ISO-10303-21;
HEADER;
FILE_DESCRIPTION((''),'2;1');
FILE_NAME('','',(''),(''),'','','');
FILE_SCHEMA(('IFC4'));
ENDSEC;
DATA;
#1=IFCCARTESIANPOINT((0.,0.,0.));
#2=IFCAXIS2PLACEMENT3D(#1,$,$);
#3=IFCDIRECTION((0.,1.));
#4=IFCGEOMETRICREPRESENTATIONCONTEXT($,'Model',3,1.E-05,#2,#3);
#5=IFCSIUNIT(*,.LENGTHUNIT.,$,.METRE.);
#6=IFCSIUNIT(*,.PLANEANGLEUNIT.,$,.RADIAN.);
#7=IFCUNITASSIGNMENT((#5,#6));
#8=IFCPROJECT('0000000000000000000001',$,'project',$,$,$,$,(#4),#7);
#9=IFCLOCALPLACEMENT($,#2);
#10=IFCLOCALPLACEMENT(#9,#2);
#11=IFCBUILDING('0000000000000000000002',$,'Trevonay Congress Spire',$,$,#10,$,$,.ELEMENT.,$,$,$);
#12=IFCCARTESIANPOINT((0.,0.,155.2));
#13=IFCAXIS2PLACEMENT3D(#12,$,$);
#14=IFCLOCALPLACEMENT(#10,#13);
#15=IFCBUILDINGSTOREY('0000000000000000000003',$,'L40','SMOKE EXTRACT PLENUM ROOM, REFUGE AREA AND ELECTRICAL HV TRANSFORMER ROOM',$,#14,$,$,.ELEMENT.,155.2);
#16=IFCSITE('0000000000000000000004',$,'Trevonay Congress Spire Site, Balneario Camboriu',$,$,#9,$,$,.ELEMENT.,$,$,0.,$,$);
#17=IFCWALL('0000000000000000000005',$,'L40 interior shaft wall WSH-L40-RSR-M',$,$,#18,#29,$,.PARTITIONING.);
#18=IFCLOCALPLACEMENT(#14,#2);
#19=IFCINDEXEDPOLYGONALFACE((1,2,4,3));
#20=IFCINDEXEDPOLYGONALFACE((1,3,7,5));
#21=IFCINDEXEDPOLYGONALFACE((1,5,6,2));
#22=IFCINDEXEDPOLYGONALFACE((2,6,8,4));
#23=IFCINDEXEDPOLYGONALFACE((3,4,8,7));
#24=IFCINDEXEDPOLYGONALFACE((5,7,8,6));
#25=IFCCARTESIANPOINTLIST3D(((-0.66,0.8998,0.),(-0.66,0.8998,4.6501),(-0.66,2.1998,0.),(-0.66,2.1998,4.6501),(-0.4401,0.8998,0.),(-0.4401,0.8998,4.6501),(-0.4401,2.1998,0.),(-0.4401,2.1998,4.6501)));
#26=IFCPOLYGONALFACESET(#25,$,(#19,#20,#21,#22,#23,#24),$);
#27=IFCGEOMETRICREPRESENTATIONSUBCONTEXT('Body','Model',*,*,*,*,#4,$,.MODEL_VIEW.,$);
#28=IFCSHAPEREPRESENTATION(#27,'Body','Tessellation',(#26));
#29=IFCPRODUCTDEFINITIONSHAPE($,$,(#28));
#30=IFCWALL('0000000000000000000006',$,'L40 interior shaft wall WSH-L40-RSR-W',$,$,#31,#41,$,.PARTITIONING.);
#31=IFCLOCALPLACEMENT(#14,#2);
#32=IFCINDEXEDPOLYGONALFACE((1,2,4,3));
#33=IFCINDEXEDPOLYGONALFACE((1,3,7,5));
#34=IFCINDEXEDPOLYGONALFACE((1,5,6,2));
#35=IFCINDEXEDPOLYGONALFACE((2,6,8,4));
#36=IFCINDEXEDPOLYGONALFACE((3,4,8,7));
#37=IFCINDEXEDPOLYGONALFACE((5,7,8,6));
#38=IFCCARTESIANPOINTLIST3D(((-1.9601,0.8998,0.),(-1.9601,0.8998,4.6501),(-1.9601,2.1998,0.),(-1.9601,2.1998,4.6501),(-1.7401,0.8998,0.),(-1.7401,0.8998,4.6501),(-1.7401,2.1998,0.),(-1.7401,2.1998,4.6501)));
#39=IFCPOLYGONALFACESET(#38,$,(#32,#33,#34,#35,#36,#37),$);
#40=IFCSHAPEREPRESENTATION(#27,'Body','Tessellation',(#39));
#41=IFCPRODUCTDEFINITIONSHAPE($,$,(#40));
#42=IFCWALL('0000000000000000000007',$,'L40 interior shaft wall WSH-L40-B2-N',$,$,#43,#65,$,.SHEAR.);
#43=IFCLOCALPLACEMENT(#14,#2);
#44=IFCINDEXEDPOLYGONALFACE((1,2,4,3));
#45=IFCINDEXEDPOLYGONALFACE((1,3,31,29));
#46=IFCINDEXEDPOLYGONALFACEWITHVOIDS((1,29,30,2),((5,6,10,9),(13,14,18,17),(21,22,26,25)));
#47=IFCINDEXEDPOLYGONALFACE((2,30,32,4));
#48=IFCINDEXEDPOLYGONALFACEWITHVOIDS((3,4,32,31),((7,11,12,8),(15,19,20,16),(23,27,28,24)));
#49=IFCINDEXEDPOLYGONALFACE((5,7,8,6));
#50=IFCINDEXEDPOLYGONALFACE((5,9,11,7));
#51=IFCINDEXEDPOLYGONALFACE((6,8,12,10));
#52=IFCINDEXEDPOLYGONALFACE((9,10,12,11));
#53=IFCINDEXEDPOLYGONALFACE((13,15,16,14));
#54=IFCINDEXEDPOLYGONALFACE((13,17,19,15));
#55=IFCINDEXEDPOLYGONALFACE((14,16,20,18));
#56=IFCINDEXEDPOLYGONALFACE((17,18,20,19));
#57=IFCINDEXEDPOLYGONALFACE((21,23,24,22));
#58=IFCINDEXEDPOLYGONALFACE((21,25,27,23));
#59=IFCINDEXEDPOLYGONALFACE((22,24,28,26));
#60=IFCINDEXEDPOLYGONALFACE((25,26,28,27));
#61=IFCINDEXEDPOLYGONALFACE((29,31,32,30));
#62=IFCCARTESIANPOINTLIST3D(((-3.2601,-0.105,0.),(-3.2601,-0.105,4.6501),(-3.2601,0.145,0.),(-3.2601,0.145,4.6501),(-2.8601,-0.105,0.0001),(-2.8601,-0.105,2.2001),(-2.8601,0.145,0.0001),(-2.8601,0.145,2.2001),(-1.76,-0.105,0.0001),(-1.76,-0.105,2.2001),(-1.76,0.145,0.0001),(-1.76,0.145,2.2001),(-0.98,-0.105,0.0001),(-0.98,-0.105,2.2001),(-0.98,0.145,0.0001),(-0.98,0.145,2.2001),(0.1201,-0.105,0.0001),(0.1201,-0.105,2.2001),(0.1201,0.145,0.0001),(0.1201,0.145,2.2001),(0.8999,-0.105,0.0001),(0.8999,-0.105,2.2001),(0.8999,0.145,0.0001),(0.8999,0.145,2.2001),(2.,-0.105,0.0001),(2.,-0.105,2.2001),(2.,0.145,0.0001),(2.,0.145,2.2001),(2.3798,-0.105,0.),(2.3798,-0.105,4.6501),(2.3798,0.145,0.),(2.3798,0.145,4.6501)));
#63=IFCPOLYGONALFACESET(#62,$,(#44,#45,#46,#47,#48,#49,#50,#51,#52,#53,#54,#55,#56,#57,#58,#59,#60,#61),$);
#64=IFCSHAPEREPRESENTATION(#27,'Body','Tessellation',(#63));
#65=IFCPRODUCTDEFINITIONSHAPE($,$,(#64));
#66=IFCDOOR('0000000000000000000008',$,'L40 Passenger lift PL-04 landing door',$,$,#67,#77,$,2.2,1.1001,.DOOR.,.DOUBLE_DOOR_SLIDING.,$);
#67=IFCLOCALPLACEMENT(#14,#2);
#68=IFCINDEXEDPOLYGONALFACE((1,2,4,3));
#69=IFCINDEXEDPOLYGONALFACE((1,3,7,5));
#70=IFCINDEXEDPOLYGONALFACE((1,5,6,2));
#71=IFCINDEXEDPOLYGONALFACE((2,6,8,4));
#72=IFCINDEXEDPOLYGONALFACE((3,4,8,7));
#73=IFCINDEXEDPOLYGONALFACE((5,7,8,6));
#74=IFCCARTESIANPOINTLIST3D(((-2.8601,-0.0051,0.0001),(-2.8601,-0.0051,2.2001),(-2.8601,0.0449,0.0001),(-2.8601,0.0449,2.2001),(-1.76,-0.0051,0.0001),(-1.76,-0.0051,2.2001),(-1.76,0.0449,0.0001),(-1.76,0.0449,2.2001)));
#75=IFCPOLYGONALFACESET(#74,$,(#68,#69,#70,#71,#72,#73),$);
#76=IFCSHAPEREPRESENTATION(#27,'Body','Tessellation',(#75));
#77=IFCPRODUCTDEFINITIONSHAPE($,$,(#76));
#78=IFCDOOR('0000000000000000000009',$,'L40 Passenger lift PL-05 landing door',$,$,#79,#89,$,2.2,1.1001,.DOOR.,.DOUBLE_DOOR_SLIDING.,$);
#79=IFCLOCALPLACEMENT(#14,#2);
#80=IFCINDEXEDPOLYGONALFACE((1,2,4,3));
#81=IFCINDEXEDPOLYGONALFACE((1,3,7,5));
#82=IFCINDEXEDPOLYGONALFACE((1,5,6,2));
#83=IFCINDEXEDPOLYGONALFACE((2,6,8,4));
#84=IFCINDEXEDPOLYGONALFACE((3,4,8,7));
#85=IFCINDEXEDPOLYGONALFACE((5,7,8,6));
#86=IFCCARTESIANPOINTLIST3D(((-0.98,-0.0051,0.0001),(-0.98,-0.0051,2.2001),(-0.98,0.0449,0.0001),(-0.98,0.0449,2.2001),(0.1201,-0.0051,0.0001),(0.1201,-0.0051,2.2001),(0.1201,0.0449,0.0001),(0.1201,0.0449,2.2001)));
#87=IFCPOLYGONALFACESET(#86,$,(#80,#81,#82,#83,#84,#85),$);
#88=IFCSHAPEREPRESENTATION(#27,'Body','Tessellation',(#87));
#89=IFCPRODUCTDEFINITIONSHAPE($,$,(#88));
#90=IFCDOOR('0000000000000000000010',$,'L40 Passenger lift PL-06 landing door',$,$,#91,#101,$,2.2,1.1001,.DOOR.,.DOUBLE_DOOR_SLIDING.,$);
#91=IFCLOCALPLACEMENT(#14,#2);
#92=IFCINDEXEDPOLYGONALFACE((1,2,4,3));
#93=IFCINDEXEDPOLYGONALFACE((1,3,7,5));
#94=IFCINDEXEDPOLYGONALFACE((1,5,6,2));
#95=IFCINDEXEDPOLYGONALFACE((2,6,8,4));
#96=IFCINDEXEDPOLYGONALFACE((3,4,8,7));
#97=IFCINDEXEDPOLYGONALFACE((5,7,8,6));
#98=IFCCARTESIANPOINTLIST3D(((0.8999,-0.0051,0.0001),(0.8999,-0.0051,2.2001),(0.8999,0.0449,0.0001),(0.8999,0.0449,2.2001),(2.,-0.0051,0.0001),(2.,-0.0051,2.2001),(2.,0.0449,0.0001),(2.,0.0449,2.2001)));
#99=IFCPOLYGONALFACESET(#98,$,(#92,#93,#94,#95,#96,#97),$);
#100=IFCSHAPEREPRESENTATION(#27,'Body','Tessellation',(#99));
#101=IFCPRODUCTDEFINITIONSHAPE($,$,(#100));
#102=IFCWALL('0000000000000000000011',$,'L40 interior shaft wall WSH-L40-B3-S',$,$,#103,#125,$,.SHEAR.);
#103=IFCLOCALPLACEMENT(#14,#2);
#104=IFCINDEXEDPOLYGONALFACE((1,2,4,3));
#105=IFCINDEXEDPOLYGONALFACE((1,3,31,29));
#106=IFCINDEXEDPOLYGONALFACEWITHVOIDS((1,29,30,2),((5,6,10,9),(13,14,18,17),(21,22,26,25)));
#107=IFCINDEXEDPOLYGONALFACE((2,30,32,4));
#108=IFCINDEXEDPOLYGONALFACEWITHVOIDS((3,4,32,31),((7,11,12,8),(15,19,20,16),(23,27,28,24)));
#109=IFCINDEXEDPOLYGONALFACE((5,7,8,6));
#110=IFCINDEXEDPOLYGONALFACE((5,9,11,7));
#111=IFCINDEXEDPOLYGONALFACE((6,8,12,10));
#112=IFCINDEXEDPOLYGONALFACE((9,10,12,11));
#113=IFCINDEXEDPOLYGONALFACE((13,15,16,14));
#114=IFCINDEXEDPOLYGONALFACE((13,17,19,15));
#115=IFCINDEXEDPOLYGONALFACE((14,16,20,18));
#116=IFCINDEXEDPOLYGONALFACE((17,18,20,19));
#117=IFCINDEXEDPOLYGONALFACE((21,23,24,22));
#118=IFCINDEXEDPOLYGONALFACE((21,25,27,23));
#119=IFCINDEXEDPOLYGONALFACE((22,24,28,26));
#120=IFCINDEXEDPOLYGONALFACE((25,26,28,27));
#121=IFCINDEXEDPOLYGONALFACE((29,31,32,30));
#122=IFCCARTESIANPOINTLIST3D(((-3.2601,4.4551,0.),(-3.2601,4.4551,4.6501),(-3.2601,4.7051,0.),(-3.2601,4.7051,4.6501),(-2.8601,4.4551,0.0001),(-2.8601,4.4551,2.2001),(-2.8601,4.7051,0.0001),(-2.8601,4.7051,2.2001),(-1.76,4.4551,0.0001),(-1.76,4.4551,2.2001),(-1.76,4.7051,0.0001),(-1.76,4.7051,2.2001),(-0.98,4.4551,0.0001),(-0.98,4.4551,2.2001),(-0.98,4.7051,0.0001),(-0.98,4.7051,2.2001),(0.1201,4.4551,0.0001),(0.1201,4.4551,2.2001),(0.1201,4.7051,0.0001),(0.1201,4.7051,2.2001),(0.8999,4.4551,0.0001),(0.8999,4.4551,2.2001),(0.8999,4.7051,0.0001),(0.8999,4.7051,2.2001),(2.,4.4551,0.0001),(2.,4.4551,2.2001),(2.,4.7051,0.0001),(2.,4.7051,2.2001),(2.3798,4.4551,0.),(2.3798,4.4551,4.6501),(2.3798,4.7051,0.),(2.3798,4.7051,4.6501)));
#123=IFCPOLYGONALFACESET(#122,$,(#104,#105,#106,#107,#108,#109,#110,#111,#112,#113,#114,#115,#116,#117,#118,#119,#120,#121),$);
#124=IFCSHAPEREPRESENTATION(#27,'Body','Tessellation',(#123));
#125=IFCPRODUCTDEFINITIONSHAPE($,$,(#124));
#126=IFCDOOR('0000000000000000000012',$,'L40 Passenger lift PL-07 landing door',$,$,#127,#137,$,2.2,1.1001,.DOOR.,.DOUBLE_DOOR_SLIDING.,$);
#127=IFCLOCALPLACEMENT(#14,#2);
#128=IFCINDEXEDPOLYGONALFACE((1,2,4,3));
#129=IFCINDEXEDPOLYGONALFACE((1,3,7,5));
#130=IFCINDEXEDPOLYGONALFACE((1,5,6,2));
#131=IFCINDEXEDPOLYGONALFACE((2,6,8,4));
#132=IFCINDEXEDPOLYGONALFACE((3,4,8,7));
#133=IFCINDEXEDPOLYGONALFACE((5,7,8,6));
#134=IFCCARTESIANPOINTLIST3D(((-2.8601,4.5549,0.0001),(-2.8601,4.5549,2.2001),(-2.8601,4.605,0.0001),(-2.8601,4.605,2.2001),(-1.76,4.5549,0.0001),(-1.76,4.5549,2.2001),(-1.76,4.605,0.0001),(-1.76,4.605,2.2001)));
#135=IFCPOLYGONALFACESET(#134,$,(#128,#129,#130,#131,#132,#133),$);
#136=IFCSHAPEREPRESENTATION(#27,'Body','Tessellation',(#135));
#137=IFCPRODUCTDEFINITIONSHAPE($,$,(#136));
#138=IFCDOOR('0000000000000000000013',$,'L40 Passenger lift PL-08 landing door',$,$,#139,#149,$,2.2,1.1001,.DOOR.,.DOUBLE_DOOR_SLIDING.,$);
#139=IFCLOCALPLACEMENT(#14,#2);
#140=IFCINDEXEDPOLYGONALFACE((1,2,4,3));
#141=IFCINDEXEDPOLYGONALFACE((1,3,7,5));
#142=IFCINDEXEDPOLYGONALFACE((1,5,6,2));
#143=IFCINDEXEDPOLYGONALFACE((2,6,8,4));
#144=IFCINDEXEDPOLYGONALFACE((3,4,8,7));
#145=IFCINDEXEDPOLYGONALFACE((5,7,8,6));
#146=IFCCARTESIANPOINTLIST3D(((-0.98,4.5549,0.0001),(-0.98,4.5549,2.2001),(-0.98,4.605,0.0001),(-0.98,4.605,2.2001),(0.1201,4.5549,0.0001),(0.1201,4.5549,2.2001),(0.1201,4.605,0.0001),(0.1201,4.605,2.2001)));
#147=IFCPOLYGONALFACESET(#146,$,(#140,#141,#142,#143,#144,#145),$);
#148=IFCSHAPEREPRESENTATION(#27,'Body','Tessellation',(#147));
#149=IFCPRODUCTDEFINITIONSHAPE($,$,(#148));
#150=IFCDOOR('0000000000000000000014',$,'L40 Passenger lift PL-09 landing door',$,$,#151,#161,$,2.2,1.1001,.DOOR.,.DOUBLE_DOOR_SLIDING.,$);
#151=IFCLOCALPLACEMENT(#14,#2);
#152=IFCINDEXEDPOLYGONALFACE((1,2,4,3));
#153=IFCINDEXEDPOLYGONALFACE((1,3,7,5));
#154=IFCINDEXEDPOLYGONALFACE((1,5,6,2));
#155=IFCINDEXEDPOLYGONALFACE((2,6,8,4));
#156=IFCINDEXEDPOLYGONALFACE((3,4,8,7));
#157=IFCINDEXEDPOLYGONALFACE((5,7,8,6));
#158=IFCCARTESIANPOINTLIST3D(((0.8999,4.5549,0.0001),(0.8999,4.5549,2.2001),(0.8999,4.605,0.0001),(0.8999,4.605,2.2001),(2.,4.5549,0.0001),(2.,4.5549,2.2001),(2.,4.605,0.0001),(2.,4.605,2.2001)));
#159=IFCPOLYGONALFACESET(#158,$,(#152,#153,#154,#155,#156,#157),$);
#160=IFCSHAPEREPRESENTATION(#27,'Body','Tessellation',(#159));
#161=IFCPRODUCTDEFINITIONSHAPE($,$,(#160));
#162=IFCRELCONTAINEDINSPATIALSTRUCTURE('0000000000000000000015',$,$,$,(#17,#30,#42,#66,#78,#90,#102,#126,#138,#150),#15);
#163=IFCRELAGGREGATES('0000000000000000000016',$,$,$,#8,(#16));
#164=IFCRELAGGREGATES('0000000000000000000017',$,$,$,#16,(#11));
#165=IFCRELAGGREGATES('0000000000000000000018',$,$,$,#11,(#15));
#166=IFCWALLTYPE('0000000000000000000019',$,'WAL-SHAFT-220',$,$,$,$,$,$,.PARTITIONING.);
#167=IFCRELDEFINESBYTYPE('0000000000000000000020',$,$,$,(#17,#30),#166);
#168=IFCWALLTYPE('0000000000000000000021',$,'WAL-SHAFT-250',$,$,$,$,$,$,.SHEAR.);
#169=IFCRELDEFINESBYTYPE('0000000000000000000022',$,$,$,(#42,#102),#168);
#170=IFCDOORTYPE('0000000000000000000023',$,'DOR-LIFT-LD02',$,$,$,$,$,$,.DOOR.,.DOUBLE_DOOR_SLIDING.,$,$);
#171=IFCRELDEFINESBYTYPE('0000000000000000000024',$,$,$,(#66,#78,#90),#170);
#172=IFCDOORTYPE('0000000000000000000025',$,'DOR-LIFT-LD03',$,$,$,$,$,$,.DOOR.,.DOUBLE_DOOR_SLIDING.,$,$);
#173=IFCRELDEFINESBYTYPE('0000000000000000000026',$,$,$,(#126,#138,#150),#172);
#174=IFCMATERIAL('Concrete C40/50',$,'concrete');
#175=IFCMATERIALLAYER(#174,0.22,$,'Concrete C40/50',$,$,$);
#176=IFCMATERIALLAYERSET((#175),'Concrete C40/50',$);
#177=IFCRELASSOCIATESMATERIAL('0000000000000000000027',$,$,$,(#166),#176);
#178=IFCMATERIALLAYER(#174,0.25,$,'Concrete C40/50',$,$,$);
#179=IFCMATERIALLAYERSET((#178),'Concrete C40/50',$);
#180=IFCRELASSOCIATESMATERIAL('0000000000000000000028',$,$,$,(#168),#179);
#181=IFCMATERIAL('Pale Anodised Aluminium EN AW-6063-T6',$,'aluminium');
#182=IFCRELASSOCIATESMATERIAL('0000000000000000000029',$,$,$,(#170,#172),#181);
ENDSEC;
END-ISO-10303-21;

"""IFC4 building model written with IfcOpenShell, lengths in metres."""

from ifc_helpers import new_model, si_unit, direction, frame, frame_2d, origin, place, context, subcontext, project, spatial, rectangle, extrude, material, layer, layer_set, type_object, element, fill, save


model = new_model("IFC4")

# Units and contexts
model_context = context("Model", 3, precision=1e-05, world=origin(), true_north=direction((0.0, 1.0)))
body_context = subcontext(model_context, "Body", "Model", "MODEL_VIEW")
ifc_project = project(units=[si_unit("LENGTHUNIT", "METRE"), si_unit("PLANEANGLEUNIT", "RADIAN")], contexts=[model_context])

# Site, building, storey
site_placement = place(None, origin())
site = spatial("IfcSite", under=ifc_project, at=site_placement, Name="Trevonay Congress Spire Site, Balneario Camboriu", CompositionType="ELEMENT", RefElevation=0.0)
building_placement = place(site_placement, origin())
building = spatial("IfcBuilding", under=site, at=building_placement, Name="Trevonay Congress Spire", CompositionType="ELEMENT")
storey_placement = place(building_placement, frame((0.0, 0.0, 155.2)))
storey = spatial("IfcBuildingStorey", under=building, at=storey_placement, Name="L40", Description="SMOKE EXTRACT PLENUM ROOM, REFUGE AREA AND ELECTRICAL HV TRANSFORMER ROOM", CompositionType="ELEMENT", Elevation=155.2)

# Shared definitions
ifc_material_1 = material(Name="Concrete C40/50", Category="concrete")

# Walls
ifc_layer_1 = layer(ifc_material_1, 0.22, Name="Concrete C40/50")
ifc_layer_set_1 = layer_set([ifc_layer_1], Name="Concrete C40/50")
wall_type_1 = type_object("IfcWallType", Name="WAL-SHAFT-220", PredefinedType="PARTITIONING", material=ifc_layer_set_1)
for number, where, z_axis, x_axis, name in (
    (1, (-0.55, 0.8999, 0.0), (0.0, 0.0, 1.0), (0.0, 1.0, 0.0), "L40 interior shaft wall WSH-L40-RSR-M"),
    (2, (-1.8501, 0.8999, 0.0), (0.0, 0.0, 1.0), (0.0, 1.0, 0.0), "L40 interior shaft wall WSH-L40-RSR-W"),
):
    element("IfcWall", number, at=place(storey_placement, frame(where, z_axis=z_axis, x_axis=x_axis)), inside=storey, type_object=wall_type_1, Name=name, PredefinedType="PARTITIONING", context=body_context, shape_type="SweptSolid", body=[
        extrude(rectangle(XDim=1.3, YDim=0.22, at=frame_2d((0.6499, 0.0))), origin(), (0.0, 0.0, 1.0), 4.6501),
    ])

# Walls, openings, doors
ifc_layer_2 = layer(ifc_material_1, 0.25, Name="Concrete C40/50")
ifc_layer_set_2 = layer_set([ifc_layer_2], Name="Concrete C40/50")
wall_type_2 = type_object("IfcWallType", Name="WAL-SHAFT-250", PredefinedType="SHEAR", material=ifc_layer_set_2)
wall_1_placement = place(storey_placement, frame((-3.26, 0.02, 0.0), z_axis=(0.0, 0.0, 1.0), x_axis=(1.0, 0.0, 0.0)))
wall_1 = element("IfcWall", 3, at=wall_1_placement, inside=storey, type_object=wall_type_2, Name="L40 interior shaft wall WSH-L40-B2-N", PredefinedType="SHEAR", context=body_context, shape_type="SweptSolid", body=[
    extrude(rectangle(XDim=5.6399, YDim=0.25, at=frame_2d((2.8198, 0.0))), origin(), (0.0, 0.0, 1.0), 4.6501),
])
opening_1_placement = place(wall_1_placement, frame((0.3999, 0.0, 0.0)))
opening_1 = element("IfcOpeningElement", 4, at=opening_1_placement, cuts=wall_1, PredefinedType="OPENING", context=body_context, shape_type="SweptSolid", body=[
    extrude(rectangle(XDim=1.1001, YDim=2.2, at=frame_2d((0.55, 1.1001))), frame((0.0, 0.135, 0.0), z_axis=(0.0, -1.0, 0.0), x_axis=(1.0, 0.0, 0.0)), (0.0, 0.0, 1.0), 0.27),
])
opening_2_placement = place(wall_1_placement, frame((2.28, 0.0, 0.0)))
opening_2 = element("IfcOpeningElement", 5, at=opening_2_placement, cuts=wall_1, PredefinedType="OPENING", context=body_context, shape_type="SweptSolid", body=[
    extrude(rectangle(XDim=1.1001, YDim=2.2, at=frame_2d((0.55, 1.1001))), frame((0.0, 0.135, 0.0), z_axis=(0.0, -1.0, 0.0), x_axis=(1.0, 0.0, 0.0)), (0.0, 0.0, 1.0), 0.27),
])
opening_3_placement = place(wall_1_placement, frame((4.1599, 0.0, 0.0)))
opening_3 = element("IfcOpeningElement", 6, at=opening_3_placement, cuts=wall_1, PredefinedType="OPENING", context=body_context, shape_type="SweptSolid", body=[
    extrude(rectangle(XDim=1.1001, YDim=2.2, at=frame_2d((0.55, 1.1001))), frame((0.0, 0.135, 0.0), z_axis=(0.0, -1.0, 0.0), x_axis=(1.0, 0.0, 0.0)), (0.0, 0.0, 1.0), 0.27),
])
ifc_material_2 = material(Name="Pale Anodised Aluminium EN AW-6063-T6", Category="aluminium")
door_type_1 = type_object("IfcDoorType", Name="DOR-LIFT-LD02", OperationType="DOUBLE_DOOR_SLIDING", PredefinedType="DOOR", material=ifc_material_2)
door_1_placement = place(opening_1_placement, origin())
door_1 = element("IfcDoor", 7, at=door_1_placement, inside=storey, type_object=door_type_1, Name="L40 Passenger lift PL-04 landing door", OperationType="DOUBLE_DOOR_SLIDING", OverallHeight=2.2, OverallWidth=1.1001, PredefinedType="DOOR", context=body_context, shape_type="SweptSolid", body=[
    extrude(rectangle(XDim=1.1001, YDim=2.2, at=frame_2d((0.55, 1.1001))), frame((0.0, 0.0249, 0.0), z_axis=(0.0, -1.0, 0.0), x_axis=(1.0, 0.0, 0.0)), (0.0, 0.0, 1.0), 0.05),
])
fill(opening_1, door_1)
door_2_placement = place(opening_2_placement, origin())
door_2 = element("IfcDoor", 8, at=door_2_placement, inside=storey, type_object=door_type_1, Name="L40 Passenger lift PL-05 landing door", OperationType="DOUBLE_DOOR_SLIDING", OverallHeight=2.2, OverallWidth=1.1001, PredefinedType="DOOR", context=body_context, shape_type="SweptSolid", body=[
    extrude(rectangle(XDim=1.1001, YDim=2.2, at=frame_2d((0.55, 1.1001))), frame((0.0, 0.0249, 0.0), z_axis=(0.0, -1.0, 0.0), x_axis=(1.0, 0.0, 0.0)), (0.0, 0.0, 1.0), 0.05),
])
fill(opening_2, door_2)
door_3_placement = place(opening_3_placement, origin())
door_3 = element("IfcDoor", 9, at=door_3_placement, inside=storey, type_object=door_type_1, Name="L40 Passenger lift PL-06 landing door", OperationType="DOUBLE_DOOR_SLIDING", OverallHeight=2.2, OverallWidth=1.1001, PredefinedType="DOOR", context=body_context, shape_type="SweptSolid", body=[
    extrude(rectangle(XDim=1.1001, YDim=2.2, at=frame_2d((0.55, 1.1001))), frame((0.0, 0.0249, 0.0), z_axis=(0.0, -1.0, 0.0), x_axis=(1.0, 0.0, 0.0)), (0.0, 0.0, 1.0), 0.05),
])
fill(opening_3, door_3)
wall_2_placement = place(storey_placement, frame((-3.26, 4.5801, 0.0), z_axis=(0.0, 0.0, 1.0), x_axis=(1.0, 0.0, 0.0)))
wall_2 = element("IfcWall", 10, at=wall_2_placement, inside=storey, type_object=wall_type_2, Name="L40 interior shaft wall WSH-L40-B3-S", PredefinedType="SHEAR", context=body_context, shape_type="SweptSolid", body=[
    extrude(rectangle(XDim=5.6399, YDim=0.25, at=frame_2d((2.8198, 0.0))), origin(), (0.0, 0.0, 1.0), 4.6501),
])
opening_4_placement = place(wall_2_placement, frame((0.3999, 0.0, 0.0)))
opening_4 = element("IfcOpeningElement", 11, at=opening_4_placement, cuts=wall_2, PredefinedType="OPENING", context=body_context, shape_type="SweptSolid", body=[
    extrude(rectangle(XDim=1.1001, YDim=2.2, at=frame_2d((0.55, 1.1001))), frame((0.0, 0.135, 0.0), z_axis=(0.0, -1.0, 0.0), x_axis=(1.0, 0.0, 0.0)), (0.0, 0.0, 1.0), 0.27),
])
opening_5_placement = place(wall_2_placement, frame((2.28, 0.0, 0.0)))
opening_5 = element("IfcOpeningElement", 12, at=opening_5_placement, cuts=wall_2, PredefinedType="OPENING", context=body_context, shape_type="SweptSolid", body=[
    extrude(rectangle(XDim=1.1001, YDim=2.2, at=frame_2d((0.55, 1.1001))), frame((0.0, 0.135, 0.0), z_axis=(0.0, -1.0, 0.0), x_axis=(1.0, 0.0, 0.0)), (0.0, 0.0, 1.0), 0.27),
])
opening_6_placement = place(wall_2_placement, frame((4.1599, 0.0, 0.0)))
opening_6 = element("IfcOpeningElement", 13, at=opening_6_placement, cuts=wall_2, PredefinedType="OPENING", context=body_context, shape_type="SweptSolid", body=[
    extrude(rectangle(XDim=1.1001, YDim=2.2, at=frame_2d((0.55, 1.1001))), frame((0.0, 0.135, 0.0), z_axis=(0.0, -1.0, 0.0), x_axis=(1.0, 0.0, 0.0)), (0.0, 0.0, 1.0), 0.27),
])
door_type_2 = type_object("IfcDoorType", Name="DOR-LIFT-LD03", OperationType="DOUBLE_DOOR_SLIDING", PredefinedType="DOOR", material=ifc_material_2)
door_4_placement = place(opening_4_placement, origin())
door_4 = element("IfcDoor", 14, at=door_4_placement, inside=storey, type_object=door_type_2, Name="L40 Passenger lift PL-07 landing door", OperationType="DOUBLE_DOOR_SLIDING", OverallHeight=2.2, OverallWidth=1.1001, PredefinedType="DOOR", context=body_context, shape_type="SweptSolid", body=[
    extrude(rectangle(XDim=1.1001, YDim=2.2, at=frame_2d((0.55, 1.1001))), frame((0.0, 0.0249, 0.0), z_axis=(0.0, -1.0, 0.0), x_axis=(1.0, 0.0, 0.0)), (0.0, 0.0, 1.0), 0.05),
])
fill(opening_4, door_4)
door_5_placement = place(opening_5_placement, origin())
door_5 = element("IfcDoor", 15, at=door_5_placement, inside=storey, type_object=door_type_2, Name="L40 Passenger lift PL-08 landing door", OperationType="DOUBLE_DOOR_SLIDING", OverallHeight=2.2, OverallWidth=1.1001, PredefinedType="DOOR", context=body_context, shape_type="SweptSolid", body=[
    extrude(rectangle(XDim=1.1001, YDim=2.2, at=frame_2d((0.55, 1.1001))), frame((0.0, 0.0249, 0.0), z_axis=(0.0, -1.0, 0.0), x_axis=(1.0, 0.0, 0.0)), (0.0, 0.0, 1.0), 0.05),
])
fill(opening_5, door_5)
door_6_placement = place(opening_6_placement, origin())
door_6 = element("IfcDoor", 16, at=door_6_placement, inside=storey, type_object=door_type_2, Name="L40 Passenger lift PL-09 landing door", OperationType="DOUBLE_DOOR_SLIDING", OverallHeight=2.2, OverallWidth=1.1001, PredefinedType="DOOR", context=body_context, shape_type="SweptSolid", body=[
    extrude(rectangle(XDim=1.1001, YDim=2.2, at=frame_2d((0.55, 1.1001))), frame((0.0, 0.0249, 0.0), z_axis=(0.0, -1.0, 0.0), x_axis=(1.0, 0.0, 0.0)), (0.0, 0.0, 1.0), 0.05),
])
fill(opening_6, door_6)

save(model, "model.ifc")
